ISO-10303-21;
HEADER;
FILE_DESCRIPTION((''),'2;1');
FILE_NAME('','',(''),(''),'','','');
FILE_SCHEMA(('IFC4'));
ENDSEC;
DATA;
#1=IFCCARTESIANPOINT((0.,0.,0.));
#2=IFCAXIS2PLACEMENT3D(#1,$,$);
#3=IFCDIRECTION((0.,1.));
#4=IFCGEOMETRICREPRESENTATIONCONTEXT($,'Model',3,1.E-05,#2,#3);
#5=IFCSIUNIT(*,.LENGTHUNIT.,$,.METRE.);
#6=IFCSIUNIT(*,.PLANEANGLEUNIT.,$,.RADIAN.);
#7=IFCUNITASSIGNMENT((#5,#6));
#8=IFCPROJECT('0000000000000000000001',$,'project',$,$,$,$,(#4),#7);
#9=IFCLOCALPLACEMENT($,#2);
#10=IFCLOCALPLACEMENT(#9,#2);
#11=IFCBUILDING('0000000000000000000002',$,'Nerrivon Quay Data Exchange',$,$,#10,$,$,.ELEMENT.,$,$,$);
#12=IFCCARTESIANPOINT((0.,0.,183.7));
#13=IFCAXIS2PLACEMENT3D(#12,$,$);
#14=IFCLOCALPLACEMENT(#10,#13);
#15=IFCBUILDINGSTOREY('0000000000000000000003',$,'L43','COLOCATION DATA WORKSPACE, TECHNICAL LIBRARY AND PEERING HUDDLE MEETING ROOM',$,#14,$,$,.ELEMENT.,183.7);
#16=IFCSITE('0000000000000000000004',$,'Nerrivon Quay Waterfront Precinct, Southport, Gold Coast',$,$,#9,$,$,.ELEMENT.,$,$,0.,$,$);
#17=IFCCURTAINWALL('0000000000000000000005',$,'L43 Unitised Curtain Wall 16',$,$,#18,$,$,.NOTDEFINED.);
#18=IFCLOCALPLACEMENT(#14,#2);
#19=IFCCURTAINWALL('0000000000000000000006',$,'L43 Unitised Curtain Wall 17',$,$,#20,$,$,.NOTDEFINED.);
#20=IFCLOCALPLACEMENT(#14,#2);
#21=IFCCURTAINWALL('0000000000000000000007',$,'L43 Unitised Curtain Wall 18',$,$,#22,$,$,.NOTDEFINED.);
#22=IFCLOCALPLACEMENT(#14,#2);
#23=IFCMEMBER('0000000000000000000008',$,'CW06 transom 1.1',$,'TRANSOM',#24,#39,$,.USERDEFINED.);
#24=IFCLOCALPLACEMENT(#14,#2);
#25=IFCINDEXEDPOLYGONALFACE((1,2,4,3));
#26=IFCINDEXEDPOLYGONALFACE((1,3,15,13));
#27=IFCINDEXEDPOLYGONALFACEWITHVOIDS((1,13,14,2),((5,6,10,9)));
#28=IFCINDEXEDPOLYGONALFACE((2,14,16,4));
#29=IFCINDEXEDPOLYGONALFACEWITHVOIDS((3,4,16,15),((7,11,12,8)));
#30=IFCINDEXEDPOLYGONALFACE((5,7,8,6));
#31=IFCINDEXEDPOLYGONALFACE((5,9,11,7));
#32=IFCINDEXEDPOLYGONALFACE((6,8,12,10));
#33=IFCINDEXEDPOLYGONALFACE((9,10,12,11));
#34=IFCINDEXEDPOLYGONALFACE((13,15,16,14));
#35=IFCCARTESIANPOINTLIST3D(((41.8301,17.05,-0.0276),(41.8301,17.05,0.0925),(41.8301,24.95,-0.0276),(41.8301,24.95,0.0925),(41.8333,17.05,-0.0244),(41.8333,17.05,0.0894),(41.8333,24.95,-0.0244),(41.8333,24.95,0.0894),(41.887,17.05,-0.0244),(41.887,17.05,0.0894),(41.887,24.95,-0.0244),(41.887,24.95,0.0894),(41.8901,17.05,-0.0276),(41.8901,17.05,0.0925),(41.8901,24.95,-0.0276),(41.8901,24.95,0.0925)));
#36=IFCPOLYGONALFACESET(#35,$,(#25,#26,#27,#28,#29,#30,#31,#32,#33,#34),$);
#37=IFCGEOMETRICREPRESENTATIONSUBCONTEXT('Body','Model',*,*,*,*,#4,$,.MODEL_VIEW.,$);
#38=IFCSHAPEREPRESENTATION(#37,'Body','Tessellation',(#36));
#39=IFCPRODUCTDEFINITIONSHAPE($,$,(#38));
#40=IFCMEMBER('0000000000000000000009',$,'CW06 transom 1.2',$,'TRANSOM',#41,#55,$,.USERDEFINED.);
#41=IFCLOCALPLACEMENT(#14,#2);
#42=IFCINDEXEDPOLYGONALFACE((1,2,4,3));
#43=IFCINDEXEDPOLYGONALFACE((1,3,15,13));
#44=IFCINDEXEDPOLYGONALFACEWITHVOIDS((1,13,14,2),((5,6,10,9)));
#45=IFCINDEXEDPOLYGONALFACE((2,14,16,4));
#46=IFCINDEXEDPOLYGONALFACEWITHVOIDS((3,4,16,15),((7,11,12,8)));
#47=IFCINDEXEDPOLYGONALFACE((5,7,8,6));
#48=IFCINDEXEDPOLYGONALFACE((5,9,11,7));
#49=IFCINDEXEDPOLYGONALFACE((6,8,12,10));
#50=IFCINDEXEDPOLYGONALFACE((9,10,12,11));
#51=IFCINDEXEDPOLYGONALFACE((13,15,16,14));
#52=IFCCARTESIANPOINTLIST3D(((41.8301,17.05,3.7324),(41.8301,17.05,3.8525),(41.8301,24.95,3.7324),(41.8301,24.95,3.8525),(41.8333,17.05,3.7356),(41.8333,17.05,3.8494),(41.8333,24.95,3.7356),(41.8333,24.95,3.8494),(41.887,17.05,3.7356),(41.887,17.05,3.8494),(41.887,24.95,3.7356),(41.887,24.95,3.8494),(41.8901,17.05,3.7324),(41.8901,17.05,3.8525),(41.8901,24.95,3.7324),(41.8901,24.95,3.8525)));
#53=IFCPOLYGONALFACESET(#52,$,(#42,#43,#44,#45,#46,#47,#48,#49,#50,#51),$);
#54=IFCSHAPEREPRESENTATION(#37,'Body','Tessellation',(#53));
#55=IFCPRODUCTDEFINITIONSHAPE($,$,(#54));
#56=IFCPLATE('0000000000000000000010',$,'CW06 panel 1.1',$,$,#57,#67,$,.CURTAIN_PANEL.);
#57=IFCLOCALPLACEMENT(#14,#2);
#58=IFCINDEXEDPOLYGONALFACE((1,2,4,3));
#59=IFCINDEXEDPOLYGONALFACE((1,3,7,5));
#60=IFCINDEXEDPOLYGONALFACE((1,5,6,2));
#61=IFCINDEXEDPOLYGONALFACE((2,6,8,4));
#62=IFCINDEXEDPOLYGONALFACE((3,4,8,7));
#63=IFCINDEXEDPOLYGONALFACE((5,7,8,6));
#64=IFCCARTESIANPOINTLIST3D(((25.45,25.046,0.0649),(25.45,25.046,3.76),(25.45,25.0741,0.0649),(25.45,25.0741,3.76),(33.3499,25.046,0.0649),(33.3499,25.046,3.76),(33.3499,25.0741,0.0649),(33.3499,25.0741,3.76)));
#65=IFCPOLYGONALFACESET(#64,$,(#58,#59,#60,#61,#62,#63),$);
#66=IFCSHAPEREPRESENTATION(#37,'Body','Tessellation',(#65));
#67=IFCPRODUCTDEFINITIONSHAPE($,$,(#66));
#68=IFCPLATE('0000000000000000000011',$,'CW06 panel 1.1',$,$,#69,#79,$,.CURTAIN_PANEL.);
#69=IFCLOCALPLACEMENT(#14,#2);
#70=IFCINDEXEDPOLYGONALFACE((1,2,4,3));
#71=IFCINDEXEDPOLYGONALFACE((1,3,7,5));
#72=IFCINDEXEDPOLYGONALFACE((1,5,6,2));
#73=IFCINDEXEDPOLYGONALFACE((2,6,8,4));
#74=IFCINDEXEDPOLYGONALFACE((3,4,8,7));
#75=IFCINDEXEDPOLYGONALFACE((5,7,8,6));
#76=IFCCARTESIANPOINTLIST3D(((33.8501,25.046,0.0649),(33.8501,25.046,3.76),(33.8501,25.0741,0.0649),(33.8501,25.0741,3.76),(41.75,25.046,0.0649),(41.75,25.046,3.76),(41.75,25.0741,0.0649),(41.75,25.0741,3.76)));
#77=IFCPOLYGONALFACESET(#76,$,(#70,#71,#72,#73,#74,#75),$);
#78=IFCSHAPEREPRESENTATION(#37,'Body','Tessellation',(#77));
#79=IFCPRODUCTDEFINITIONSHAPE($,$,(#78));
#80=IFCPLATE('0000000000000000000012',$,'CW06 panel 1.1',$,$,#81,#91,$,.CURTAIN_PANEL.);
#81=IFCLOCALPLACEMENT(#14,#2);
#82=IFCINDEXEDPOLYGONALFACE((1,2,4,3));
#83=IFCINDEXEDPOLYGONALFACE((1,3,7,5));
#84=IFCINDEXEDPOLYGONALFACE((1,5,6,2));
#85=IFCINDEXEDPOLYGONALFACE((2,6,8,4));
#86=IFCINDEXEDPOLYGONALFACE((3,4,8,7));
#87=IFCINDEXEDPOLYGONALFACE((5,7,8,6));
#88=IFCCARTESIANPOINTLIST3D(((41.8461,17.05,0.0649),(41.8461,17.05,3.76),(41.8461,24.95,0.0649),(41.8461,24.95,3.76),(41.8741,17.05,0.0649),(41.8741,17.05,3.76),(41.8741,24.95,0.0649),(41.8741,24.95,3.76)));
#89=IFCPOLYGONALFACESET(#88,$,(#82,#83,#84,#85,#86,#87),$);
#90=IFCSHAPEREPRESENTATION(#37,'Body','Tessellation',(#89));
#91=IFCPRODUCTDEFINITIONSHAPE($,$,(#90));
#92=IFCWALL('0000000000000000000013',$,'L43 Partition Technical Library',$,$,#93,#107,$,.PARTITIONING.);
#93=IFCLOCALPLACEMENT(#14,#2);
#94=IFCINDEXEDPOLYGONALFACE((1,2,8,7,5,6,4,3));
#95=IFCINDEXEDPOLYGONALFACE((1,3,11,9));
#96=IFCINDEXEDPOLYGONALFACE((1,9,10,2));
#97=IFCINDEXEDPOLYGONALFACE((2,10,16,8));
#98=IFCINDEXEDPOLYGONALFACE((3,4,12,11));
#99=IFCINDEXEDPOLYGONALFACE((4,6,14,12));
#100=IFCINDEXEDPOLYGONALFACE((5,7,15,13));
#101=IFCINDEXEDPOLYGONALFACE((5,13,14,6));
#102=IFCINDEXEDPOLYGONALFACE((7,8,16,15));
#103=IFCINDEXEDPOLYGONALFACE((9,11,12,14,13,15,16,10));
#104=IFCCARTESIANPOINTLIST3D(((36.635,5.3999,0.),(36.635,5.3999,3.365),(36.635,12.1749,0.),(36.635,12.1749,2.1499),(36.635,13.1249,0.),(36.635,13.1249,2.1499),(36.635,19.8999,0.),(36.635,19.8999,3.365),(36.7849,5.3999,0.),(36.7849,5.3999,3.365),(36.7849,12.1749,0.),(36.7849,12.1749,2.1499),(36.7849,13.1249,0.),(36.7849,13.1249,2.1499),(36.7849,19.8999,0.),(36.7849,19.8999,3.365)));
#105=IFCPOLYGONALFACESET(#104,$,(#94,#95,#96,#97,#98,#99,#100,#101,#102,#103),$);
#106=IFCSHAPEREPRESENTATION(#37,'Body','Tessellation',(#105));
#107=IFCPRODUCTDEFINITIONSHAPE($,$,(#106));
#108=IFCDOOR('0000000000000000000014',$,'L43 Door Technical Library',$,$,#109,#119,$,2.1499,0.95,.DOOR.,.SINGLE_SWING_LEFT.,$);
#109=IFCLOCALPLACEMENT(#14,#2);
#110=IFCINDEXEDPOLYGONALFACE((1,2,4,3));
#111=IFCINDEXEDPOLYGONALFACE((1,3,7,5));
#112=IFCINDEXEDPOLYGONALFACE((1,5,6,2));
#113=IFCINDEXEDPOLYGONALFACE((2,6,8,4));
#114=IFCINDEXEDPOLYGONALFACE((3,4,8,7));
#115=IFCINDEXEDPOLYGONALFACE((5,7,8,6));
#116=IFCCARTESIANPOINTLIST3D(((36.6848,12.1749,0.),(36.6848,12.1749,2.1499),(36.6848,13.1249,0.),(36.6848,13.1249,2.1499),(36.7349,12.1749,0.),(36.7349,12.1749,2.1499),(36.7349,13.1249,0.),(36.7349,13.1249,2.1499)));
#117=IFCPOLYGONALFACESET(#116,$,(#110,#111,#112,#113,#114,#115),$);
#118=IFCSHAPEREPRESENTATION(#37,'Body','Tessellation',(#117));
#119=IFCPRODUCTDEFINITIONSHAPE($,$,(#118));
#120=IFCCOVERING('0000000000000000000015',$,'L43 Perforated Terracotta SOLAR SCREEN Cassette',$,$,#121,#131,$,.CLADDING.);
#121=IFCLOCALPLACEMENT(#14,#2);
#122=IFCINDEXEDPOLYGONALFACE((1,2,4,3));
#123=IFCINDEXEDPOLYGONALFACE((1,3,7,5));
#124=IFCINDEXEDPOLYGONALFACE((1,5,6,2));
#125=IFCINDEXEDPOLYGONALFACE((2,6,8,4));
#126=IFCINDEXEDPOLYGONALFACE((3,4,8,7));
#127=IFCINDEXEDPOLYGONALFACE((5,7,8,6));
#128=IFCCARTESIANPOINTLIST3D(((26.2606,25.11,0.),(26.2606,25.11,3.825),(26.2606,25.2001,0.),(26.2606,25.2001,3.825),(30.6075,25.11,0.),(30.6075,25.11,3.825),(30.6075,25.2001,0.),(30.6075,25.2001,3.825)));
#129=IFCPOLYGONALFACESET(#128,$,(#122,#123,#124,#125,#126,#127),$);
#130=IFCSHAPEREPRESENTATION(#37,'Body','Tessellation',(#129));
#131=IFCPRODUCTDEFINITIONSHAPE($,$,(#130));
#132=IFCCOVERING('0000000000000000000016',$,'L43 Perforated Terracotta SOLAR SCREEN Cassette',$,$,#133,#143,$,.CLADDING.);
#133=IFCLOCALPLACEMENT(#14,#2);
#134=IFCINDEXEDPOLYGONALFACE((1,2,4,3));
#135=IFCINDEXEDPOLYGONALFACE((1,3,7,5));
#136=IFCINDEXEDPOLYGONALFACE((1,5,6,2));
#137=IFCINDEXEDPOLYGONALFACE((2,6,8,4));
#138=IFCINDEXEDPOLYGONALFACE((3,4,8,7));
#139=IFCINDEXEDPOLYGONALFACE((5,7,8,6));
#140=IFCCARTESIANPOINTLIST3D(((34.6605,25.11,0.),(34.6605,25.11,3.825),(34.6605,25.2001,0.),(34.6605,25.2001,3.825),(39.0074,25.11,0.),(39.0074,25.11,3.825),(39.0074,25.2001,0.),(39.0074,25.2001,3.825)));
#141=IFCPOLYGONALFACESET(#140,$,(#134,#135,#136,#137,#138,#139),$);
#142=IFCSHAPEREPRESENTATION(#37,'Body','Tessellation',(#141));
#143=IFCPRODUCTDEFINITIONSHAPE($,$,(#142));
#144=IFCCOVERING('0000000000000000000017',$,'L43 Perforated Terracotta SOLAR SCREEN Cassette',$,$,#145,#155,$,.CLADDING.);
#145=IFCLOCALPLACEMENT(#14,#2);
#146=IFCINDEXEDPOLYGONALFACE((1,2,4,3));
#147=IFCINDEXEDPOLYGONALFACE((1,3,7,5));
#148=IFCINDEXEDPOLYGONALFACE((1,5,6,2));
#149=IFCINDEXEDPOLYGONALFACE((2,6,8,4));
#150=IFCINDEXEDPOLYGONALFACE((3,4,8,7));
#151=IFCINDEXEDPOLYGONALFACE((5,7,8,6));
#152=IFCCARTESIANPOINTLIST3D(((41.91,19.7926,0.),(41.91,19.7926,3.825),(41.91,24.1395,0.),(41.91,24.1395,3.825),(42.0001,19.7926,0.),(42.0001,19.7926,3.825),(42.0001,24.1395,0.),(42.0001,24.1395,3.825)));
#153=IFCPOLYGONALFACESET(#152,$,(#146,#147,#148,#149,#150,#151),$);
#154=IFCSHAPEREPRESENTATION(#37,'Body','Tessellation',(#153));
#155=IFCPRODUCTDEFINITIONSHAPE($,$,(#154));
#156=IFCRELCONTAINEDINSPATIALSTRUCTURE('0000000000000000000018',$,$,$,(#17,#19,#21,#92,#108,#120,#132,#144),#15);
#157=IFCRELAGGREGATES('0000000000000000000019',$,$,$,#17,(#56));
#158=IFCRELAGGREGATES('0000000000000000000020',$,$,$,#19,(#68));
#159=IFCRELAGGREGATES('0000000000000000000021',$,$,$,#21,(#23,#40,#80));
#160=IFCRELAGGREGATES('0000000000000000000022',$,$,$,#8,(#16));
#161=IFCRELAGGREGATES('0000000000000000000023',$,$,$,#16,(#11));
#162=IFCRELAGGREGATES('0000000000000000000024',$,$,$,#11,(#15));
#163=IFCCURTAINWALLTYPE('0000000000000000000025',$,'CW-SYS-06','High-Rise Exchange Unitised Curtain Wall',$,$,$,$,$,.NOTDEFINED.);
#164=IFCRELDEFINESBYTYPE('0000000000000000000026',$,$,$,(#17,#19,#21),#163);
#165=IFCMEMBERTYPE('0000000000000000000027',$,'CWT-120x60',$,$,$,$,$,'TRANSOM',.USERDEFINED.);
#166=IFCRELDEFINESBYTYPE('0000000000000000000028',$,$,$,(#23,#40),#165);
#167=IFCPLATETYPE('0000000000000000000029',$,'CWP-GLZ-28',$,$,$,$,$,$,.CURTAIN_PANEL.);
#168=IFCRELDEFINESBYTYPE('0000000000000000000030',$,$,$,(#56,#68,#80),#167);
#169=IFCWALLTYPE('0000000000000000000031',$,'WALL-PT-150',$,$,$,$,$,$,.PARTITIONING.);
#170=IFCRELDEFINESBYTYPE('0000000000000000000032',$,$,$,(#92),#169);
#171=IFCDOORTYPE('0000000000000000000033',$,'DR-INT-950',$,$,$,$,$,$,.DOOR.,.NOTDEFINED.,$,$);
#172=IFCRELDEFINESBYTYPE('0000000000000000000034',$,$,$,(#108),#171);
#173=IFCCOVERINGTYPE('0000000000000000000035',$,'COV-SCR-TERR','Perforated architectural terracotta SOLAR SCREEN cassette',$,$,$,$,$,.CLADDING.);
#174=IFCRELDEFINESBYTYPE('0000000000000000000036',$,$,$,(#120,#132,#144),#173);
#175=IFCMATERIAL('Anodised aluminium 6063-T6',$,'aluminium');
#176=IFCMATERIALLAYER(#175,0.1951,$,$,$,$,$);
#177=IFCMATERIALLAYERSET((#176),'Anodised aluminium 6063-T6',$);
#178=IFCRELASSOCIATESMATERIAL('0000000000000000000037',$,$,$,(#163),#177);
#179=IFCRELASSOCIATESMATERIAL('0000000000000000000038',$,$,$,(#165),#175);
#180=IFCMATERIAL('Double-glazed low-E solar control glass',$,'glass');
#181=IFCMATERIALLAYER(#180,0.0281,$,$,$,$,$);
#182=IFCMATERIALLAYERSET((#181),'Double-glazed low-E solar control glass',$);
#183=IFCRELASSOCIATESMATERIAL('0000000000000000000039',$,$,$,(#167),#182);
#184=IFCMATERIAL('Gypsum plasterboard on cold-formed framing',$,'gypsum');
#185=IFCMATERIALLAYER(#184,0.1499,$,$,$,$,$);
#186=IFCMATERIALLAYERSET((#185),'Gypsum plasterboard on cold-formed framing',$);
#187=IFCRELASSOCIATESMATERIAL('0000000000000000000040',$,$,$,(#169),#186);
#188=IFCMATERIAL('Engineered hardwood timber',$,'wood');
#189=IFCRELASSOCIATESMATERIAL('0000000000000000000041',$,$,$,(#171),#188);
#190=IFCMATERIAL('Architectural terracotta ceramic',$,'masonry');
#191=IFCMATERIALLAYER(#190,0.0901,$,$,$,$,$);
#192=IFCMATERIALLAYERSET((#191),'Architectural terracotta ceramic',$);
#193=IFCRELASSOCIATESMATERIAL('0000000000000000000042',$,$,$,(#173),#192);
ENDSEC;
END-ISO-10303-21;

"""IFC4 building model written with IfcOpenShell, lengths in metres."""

from ifc_helpers import new_model, si_unit, direction, frame, frame_2d, origin, origin_2d, place, context, subcontext, project, spatial, rectangle, hollow_rectangle, extrude, material, layer, layer_set, material_profile, profile_set, type_object, element, fill, aggregate, save


model = new_model("IFC4")

# Units and contexts
model_context = context("Model", 3, precision=1e-05, world=origin(), true_north=direction((0.0, 1.0)))
body_context = subcontext(model_context, "Body", "Model", "MODEL_VIEW")
ifc_project = project(units=[si_unit("LENGTHUNIT", "METRE"), si_unit("PLANEANGLEUNIT", "RADIAN")], contexts=[model_context])

# Site, building, storey
site_placement = place(None, origin())
site = spatial("IfcSite", under=ifc_project, at=site_placement, Name="Nerrivon Quay Waterfront Precinct, Southport, Gold Coast", CompositionType="ELEMENT", RefElevation=0.0)
building_placement = place(site_placement, origin())
building = spatial("IfcBuilding", under=site, at=building_placement, Name="Nerrivon Quay Data Exchange", CompositionType="ELEMENT")
storey_placement = place(building_placement, frame((0.0, 0.0, 183.7)))
storey = spatial("IfcBuildingStorey", under=building, at=storey_placement, Name="L43", Description="COLOCATION DATA WORKSPACE, TECHNICAL LIBRARY AND PEERING HUDDLE MEETING ROOM", CompositionType="ELEMENT", Elevation=183.7)

# Curtain wall
ifc_material_1 = material(Name="Anodised aluminium 6063-T6", Category="aluminium")
ifc_layer_1 = layer(ifc_material_1, 0.1951)
ifc_layer_set_1 = layer_set([ifc_layer_1], Name="Anodised aluminium 6063-T6")
curtain_wall_type = type_object("IfcCurtainWallType", Name="CW-SYS-06", Description="High-Rise Exchange Unitised Curtain Wall", PredefinedType="NOTDEFINED", material=ifc_layer_set_1)
curtain_wall_1_placement = place(storey_placement, origin())
curtain_wall_1 = element("IfcCurtainWall", 1, at=curtain_wall_1_placement, inside=storey, type_object=curtain_wall_type, Name="L43 Unitised Curtain Wall 16", PredefinedType="NOTDEFINED")

# Curtain walls
curtain_wall_2_placement = place(storey_placement, origin())
curtain_wall_2 = element("IfcCurtainWall", 2, at=curtain_wall_2_placement, inside=storey, type_object=curtain_wall_type, Name="L43 Unitised Curtain Wall 17", PredefinedType="NOTDEFINED")
curtain_wall_3_placement = place(storey_placement, origin())
curtain_wall_3 = element("IfcCurtainWall", 3, at=curtain_wall_3_placement, inside=storey, type_object=curtain_wall_type, Name="L43 Unitised Curtain Wall 18", PredefinedType="NOTDEFINED")

# Members
ifc_material_profile_1 = material_profile(ifc_material_1, hollow_rectangle(XDim=0.0601, YDim=0.1201, WallThickness=0.0032, at=origin_2d()), Name="ALU-TRAN-120x60")
ifc_profile_set_1 = profile_set([ifc_material_profile_1], Name="Anodised aluminium 6063-T6")
member_type_1 = type_object("IfcMemberType", Name="CWT-120x60", ElementType="TRANSOM", PredefinedType="USERDEFINED", material=ifc_profile_set_1)
member_1_placement = place(storey_placement, frame((41.8601, 24.95, 0.0325), z_axis=(0.0, -1.0, 0.0), x_axis=(1.0, 0.0, 0.0)))
member_1 = element("IfcMember", 4, at=member_1_placement, type_object=member_type_1, Name="CW06 transom 1.1", ObjectType="TRANSOM", PredefinedType="USERDEFINED", context=body_context, shape_type="SweptSolid", body=[
    extrude(hollow_rectangle(XDim=0.0601, YDim=0.1201, WallThickness=0.0032, at=origin_2d()), origin(), (0.0, 0.0, 1.0), 7.8999),
])
member_2_placement = place(storey_placement, frame((41.8601, 24.95, 3.7925), z_axis=(0.0, -1.0, 0.0), x_axis=(1.0, 0.0, 0.0)))
member_2 = element("IfcMember", 5, at=member_2_placement, type_object=member_type_1, Name="CW06 transom 1.2", ObjectType="TRANSOM", PredefinedType="USERDEFINED", context=body_context, shape_type="SweptSolid", body=[
    extrude(hollow_rectangle(XDim=0.0601, YDim=0.1201, WallThickness=0.0032, at=origin_2d()), origin(), (0.0, 0.0, 1.0), 7.8999),
])

# Plates
ifc_material_2 = material(Name="Double-glazed low-E solar control glass", Category="glass")
ifc_layer_2 = layer(ifc_material_2, 0.0281)
ifc_layer_set_2 = layer_set([ifc_layer_2], Name="Double-glazed low-E solar control glass")
plate_type = type_object("IfcPlateType", Name="CWP-GLZ-28", PredefinedType="CURTAIN_PANEL", material=ifc_layer_set_2)
plate_1_placement = place(storey_placement, frame((29.3999, 25.0601, 0.0649), z_axis=(0.0, 0.0, 1.0), x_axis=(1.0, 0.0, 0.0)))
plate_1 = element("IfcPlate", 6, at=plate_1_placement, type_object=plate_type, Name="CW06 panel 1.1", PredefinedType="CURTAIN_PANEL", context=body_context, shape_type="SweptSolid", body=[
    extrude(rectangle(XDim=7.8999, YDim=0.0281, at=origin_2d()), origin(), (0.0, 0.0, 1.0), 3.6951),
])
aggregate(curtain_wall_1, [plate_1])
plate_2_placement = place(storey_placement, frame((37.8, 25.0601, 0.0649), z_axis=(0.0, 0.0, 1.0), x_axis=(1.0, 0.0, 0.0)))
plate_2 = element("IfcPlate", 7, at=plate_2_placement, type_object=plate_type, Name="CW06 panel 1.1", PredefinedType="CURTAIN_PANEL", context=body_context, shape_type="SweptSolid", body=[
    extrude(rectangle(XDim=7.8999, YDim=0.0281, at=origin_2d()), origin(), (0.0, 0.0, 1.0), 3.6951),
])
aggregate(curtain_wall_2, [plate_2])
plate_3_placement = place(storey_placement, frame((41.8601, 21.0, 0.0649), z_axis=(0.0, 0.0, 1.0), x_axis=(0.0, -1.0, 0.0)))
plate_3 = element("IfcPlate", 8, at=plate_3_placement, type_object=plate_type, Name="CW06 panel 1.1", PredefinedType="CURTAIN_PANEL", context=body_context, shape_type="SweptSolid", body=[
    extrude(rectangle(XDim=7.8999, YDim=0.0281, at=origin_2d()), origin(), (0.0, 0.0, 1.0), 3.6951),
])
aggregate(curtain_wall_3, [member_1, member_2, plate_3])

# Wall, opening, door
ifc_material_3 = material(Name="Gypsum plasterboard on cold-formed framing", Category="gypsum")
ifc_layer_3 = layer(ifc_material_3, 0.1499)
ifc_layer_set_3 = layer_set([ifc_layer_3], Name="Gypsum plasterboard on cold-formed framing")
wall_type = type_object("IfcWallType", Name="WALL-PT-150", PredefinedType="PARTITIONING", material=ifc_layer_set_3)
wall_placement = place(storey_placement, frame((36.71, 19.8999, 0.0), z_axis=(0.0, 0.0, 1.0), x_axis=(0.0, -1.0, 0.0)))
wall = element("IfcWall", 9, at=wall_placement, inside=storey, type_object=wall_type, Name="L43 Partition Technical Library", PredefinedType="PARTITIONING", context=body_context, shape_type="SweptSolid", body=[
    extrude(rectangle(XDim=14.5, YDim=0.1499, at=frame_2d((7.25, 0.0))), origin(), (0.0, 0.0, 1.0), 3.365),
])
opening_placement = place(wall_placement, frame((6.7749, 0.0, 0.0)))
opening = element("IfcOpeningElement", 10, at=opening_placement, cuts=wall, PredefinedType="OPENING", context=body_context, shape_type="SweptSolid", body=[
    extrude(rectangle(XDim=0.95, YDim=2.1499, at=frame_2d((0.4751, 1.075))), frame((0.0, 0.085, 0.0), z_axis=(0.0, -1.0, 0.0), x_axis=(1.0, 0.0, 0.0)), (0.0, 0.0, 1.0), 0.1699),
])
ifc_material_4 = material(Name="Engineered hardwood timber", Category="wood")
door_type = type_object("IfcDoorType", Name="DR-INT-950", OperationType="NOTDEFINED", PredefinedType="DOOR", material=ifc_material_4)
door_placement = place(opening_placement, origin())
door = element("IfcDoor", 11, at=door_placement, inside=storey, type_object=door_type, Name="L43 Door Technical Library", OperationType="SINGLE_SWING_LEFT", OverallHeight=2.1499, OverallWidth=0.95, PredefinedType="DOOR", context=body_context, shape_type="SweptSolid", body=[
    extrude(rectangle(XDim=0.95, YDim=2.1499, at=frame_2d((0.4751, 1.075))), frame((0.0, 0.0249, 0.0), z_axis=(0.0, -1.0, 0.0), x_axis=(1.0, 0.0, 0.0)), (0.0, 0.0, 1.0), 0.05),
])
fill(opening, door)

# Coverings
ifc_material_5 = material(Name="Architectural terracotta ceramic", Category="masonry")
ifc_layer_4 = layer(ifc_material_5, 0.0901)
ifc_layer_set_4 = layer_set([ifc_layer_4], Name="Architectural terracotta ceramic")
covering_type = type_object("IfcCoveringType", Name="COV-SCR-TERR", Description="Perforated architectural terracotta SOLAR SCREEN cassette", PredefinedType="CLADDING", material=ifc_layer_set_4)
for number, where, z_axis, x_axis, name in (
    (12, (28.4341, 25.155, 0.0), (0.0, 0.0, 1.0), (1.0, 0.0, 0.0), "L43 Perforated Terracotta SOLAR SCREEN Cassette"),
    (13, (36.834, 25.155, 0.0), (0.0, 0.0, 1.0), (1.0, 0.0, 0.0), "L43 Perforated Terracotta SOLAR SCREEN Cassette"),
    (14, (41.9551, 21.9661, 0.0), (0.0, 0.0, 1.0), (0.0, -1.0, 0.0), "L43 Perforated Terracotta SOLAR SCREEN Cassette"),
):
    element("IfcCovering", number, at=place(storey_placement, frame(where, z_axis=z_axis, x_axis=x_axis)), inside=storey, type_object=covering_type, Name=name, PredefinedType="CLADDING", context=body_context, shape_type="SweptSolid", body=[
        extrude(rectangle(XDim=4.3469, YDim=0.0901, at=origin_2d()), origin(), (0.0, 0.0, 1.0), 3.825),
    ])

save(model, "model.ifc")
